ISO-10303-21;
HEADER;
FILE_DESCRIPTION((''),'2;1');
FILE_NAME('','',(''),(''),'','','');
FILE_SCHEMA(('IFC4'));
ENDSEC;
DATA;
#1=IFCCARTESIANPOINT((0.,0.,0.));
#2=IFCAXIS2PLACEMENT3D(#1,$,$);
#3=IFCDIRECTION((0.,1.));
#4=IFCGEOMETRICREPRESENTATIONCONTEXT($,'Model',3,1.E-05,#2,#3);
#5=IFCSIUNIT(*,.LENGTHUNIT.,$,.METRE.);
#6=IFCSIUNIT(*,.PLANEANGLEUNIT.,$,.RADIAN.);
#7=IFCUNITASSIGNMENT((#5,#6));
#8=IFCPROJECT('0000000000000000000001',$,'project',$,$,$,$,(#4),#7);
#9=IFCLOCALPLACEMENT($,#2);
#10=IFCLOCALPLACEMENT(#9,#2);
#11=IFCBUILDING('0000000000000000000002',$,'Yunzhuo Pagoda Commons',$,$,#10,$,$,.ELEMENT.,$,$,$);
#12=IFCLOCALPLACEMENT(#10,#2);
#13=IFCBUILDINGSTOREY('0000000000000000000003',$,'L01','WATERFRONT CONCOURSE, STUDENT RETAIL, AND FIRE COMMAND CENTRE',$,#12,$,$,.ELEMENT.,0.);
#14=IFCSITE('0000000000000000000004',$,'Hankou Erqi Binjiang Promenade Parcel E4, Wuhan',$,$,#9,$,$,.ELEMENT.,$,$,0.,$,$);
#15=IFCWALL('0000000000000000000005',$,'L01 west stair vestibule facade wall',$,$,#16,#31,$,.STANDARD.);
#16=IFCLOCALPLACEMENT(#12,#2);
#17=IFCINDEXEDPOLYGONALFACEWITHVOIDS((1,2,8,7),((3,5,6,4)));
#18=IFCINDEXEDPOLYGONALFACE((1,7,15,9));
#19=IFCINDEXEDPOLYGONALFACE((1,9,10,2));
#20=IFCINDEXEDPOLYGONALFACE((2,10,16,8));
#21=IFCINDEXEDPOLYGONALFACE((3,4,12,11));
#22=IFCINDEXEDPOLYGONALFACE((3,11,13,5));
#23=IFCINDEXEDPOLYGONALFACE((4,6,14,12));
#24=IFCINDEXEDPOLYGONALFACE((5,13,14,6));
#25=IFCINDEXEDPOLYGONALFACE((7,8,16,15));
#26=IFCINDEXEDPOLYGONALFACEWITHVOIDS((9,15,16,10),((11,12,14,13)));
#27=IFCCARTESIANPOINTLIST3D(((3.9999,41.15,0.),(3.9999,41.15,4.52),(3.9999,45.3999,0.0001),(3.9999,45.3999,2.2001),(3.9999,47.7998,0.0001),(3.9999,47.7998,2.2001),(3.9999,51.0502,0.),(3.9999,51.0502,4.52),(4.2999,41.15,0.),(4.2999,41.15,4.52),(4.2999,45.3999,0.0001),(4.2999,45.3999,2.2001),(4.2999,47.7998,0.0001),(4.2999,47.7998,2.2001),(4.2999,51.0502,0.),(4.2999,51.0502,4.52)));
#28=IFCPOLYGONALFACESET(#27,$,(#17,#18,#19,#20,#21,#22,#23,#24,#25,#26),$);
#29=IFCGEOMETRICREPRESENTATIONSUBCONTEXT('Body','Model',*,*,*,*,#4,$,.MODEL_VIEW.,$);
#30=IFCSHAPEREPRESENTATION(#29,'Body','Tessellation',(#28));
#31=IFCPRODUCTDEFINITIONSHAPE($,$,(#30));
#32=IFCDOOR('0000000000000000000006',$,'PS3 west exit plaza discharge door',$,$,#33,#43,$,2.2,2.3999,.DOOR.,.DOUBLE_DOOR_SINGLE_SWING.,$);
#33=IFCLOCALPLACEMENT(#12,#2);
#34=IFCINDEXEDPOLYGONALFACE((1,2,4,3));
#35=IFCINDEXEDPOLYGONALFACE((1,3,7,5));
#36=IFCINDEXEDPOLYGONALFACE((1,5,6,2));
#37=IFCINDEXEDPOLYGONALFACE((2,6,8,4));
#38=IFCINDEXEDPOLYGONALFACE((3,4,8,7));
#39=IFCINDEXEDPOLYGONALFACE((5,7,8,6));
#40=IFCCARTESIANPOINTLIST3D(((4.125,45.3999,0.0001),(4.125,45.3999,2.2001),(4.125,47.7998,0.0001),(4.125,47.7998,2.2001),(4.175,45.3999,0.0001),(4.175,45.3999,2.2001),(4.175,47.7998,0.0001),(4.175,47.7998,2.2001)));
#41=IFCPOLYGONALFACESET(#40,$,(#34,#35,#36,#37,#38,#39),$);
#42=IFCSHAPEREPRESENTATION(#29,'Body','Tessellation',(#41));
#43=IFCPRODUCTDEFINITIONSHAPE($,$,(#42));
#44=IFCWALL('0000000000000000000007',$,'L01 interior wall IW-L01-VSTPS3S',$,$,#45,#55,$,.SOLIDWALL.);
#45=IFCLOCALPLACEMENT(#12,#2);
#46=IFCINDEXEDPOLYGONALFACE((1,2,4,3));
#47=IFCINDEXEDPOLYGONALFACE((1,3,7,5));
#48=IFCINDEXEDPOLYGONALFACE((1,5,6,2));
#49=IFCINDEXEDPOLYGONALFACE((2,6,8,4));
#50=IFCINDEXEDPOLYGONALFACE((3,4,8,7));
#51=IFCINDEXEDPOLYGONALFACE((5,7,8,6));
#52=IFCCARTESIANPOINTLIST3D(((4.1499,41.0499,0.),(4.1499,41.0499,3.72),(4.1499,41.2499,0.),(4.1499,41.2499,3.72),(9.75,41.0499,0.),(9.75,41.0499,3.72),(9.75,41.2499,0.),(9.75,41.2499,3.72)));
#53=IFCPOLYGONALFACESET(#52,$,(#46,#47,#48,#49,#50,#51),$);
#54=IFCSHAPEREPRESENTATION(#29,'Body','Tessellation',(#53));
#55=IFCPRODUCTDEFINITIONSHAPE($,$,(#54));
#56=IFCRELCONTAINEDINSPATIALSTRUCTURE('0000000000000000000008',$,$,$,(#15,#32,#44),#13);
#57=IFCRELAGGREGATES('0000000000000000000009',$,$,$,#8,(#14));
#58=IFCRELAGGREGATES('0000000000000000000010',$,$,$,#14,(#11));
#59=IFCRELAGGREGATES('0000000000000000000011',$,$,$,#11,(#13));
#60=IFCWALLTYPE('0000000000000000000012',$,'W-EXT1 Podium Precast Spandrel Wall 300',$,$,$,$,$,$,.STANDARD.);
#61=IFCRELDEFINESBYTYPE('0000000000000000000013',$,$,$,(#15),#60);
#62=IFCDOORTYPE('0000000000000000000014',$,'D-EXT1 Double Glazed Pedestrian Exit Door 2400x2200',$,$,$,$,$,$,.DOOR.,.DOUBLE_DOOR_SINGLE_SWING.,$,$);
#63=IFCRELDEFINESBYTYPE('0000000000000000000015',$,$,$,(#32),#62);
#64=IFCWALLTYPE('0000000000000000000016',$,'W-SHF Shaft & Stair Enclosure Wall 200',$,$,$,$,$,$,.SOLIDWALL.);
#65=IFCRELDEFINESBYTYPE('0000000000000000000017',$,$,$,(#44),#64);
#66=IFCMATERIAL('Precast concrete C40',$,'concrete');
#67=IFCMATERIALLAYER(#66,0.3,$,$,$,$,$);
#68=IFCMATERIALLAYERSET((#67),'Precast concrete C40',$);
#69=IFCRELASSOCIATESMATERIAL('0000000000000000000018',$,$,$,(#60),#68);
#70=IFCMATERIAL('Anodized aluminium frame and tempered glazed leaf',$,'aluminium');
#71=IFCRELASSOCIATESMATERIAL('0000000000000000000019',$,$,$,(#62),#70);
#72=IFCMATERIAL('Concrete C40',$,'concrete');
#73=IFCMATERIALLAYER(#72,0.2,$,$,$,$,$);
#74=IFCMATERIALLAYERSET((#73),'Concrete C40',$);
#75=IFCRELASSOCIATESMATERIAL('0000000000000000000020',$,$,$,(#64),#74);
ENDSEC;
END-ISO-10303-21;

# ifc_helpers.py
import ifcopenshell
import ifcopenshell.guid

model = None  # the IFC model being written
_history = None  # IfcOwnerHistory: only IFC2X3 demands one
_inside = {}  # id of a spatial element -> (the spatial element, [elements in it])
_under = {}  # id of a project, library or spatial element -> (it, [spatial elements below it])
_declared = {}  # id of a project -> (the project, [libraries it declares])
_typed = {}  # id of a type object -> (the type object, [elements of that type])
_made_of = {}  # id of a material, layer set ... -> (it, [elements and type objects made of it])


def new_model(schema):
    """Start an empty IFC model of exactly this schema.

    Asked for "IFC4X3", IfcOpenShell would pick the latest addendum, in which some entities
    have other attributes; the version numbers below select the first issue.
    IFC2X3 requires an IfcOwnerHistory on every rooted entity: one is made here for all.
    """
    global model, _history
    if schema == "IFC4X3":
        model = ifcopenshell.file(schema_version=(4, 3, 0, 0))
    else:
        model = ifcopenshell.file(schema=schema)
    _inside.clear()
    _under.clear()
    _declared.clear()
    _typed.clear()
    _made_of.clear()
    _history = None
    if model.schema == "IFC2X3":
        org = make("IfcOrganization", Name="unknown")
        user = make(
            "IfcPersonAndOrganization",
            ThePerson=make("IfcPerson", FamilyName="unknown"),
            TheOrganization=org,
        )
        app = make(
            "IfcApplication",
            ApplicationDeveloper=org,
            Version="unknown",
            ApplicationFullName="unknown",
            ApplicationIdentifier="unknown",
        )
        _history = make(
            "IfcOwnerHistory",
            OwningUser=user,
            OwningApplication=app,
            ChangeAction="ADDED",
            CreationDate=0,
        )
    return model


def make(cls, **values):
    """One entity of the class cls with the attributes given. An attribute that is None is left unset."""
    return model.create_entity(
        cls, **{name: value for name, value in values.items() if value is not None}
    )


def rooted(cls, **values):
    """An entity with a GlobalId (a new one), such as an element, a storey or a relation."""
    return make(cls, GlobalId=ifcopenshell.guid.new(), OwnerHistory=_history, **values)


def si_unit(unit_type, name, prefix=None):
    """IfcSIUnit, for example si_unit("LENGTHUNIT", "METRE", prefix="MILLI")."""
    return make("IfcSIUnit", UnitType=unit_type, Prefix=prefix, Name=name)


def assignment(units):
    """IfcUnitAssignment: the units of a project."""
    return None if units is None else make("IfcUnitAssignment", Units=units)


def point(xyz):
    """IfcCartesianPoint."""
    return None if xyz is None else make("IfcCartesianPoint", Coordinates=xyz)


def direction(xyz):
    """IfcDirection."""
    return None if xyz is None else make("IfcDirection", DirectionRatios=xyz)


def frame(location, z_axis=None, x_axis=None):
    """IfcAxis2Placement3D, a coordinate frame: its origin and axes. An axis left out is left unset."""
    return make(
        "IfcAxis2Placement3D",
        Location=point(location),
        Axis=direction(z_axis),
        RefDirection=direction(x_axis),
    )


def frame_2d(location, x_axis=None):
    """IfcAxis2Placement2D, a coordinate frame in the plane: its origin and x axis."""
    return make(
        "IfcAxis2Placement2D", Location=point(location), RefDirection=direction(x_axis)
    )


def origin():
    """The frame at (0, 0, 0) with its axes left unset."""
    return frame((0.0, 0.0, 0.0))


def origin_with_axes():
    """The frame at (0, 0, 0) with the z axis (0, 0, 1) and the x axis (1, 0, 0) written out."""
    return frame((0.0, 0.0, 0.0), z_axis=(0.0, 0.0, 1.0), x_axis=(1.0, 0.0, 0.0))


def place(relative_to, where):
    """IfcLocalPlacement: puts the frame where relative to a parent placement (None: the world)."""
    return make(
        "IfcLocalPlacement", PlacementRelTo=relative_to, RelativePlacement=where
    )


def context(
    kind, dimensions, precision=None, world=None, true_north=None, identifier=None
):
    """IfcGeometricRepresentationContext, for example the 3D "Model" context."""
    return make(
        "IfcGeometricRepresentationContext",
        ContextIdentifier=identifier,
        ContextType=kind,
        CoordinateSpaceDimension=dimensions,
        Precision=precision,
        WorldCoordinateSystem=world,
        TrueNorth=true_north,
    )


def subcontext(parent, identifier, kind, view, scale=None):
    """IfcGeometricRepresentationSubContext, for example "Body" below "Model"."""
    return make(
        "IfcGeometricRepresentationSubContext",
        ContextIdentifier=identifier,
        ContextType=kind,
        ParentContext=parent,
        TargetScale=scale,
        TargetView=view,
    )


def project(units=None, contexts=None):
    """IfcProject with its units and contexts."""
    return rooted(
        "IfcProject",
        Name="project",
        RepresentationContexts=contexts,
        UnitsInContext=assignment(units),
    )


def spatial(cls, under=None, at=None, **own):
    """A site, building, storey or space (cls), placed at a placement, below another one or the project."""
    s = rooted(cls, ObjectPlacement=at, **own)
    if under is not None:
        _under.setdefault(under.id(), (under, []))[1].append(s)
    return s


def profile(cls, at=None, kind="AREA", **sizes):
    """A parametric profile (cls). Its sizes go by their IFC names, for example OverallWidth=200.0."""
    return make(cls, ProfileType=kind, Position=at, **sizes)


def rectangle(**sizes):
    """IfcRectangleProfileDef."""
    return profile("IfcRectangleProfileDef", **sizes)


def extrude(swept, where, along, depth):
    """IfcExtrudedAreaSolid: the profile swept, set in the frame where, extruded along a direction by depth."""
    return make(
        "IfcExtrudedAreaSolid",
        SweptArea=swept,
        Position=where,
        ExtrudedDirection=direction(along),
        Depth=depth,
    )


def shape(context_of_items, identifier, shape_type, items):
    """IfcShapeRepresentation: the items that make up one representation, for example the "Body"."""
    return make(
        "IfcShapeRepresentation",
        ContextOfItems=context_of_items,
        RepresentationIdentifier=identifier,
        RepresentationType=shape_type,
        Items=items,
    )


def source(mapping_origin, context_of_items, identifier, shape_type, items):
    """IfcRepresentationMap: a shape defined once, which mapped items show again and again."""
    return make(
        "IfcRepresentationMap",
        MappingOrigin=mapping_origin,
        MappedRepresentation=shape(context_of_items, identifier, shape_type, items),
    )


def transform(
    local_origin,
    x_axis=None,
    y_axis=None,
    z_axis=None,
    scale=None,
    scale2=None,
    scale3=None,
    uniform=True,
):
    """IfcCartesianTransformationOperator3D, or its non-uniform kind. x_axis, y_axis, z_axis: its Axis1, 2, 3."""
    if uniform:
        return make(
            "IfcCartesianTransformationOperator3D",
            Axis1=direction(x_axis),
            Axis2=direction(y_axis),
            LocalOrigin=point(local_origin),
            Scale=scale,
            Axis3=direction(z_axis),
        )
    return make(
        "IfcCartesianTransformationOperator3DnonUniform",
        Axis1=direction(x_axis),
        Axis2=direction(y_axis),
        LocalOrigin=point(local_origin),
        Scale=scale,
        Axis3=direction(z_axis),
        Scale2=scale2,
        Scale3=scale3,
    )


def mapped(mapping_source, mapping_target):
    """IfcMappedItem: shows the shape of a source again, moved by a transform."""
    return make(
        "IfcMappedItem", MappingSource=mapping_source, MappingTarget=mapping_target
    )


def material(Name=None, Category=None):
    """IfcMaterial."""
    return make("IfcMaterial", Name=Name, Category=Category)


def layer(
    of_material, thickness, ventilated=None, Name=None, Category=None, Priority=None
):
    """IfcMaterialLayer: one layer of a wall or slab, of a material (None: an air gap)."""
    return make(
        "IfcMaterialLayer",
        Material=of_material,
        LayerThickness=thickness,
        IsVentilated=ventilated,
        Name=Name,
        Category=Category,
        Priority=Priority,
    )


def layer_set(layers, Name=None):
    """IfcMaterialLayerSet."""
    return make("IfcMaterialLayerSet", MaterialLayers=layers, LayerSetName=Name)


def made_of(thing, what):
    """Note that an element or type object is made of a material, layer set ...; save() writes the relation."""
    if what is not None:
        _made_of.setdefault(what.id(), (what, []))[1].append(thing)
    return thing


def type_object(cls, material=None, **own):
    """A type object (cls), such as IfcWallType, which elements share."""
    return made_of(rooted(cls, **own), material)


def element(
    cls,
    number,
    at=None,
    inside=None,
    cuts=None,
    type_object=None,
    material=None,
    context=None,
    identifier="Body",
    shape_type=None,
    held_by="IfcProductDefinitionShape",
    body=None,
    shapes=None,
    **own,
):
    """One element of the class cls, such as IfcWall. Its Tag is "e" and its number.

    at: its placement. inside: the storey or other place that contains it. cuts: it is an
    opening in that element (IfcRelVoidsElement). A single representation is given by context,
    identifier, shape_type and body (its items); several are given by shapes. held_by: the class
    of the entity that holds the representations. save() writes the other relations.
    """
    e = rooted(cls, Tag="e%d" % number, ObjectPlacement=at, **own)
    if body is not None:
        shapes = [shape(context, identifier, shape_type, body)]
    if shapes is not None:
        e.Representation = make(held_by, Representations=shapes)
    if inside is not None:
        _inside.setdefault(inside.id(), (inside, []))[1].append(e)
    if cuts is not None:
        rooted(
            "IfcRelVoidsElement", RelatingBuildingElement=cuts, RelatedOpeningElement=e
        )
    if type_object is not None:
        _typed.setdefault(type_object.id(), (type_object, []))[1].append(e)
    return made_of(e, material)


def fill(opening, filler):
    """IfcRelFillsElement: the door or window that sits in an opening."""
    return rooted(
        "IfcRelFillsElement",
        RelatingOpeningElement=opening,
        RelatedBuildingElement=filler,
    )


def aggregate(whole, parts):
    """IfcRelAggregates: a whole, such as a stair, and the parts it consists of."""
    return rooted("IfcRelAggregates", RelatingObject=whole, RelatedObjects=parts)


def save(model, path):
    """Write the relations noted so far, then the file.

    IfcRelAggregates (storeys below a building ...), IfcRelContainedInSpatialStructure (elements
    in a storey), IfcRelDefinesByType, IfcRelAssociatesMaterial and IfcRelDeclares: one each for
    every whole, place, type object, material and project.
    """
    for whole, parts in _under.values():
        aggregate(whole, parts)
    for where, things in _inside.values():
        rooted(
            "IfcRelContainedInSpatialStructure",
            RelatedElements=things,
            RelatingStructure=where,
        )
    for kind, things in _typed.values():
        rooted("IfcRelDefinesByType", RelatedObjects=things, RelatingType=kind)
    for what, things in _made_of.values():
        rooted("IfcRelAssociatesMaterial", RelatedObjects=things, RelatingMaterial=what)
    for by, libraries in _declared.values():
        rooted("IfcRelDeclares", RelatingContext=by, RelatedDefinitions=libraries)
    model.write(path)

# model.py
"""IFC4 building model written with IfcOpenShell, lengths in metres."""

from ifc_helpers import new_model, si_unit, direction, frame, frame_2d, origin, origin_with_axes, place, context, subcontext, project, spatial, rectangle, extrude, source, transform, mapped, material, layer, layer_set, type_object, element, fill, save


model = new_model("IFC4")

# Units and contexts
model_context = context("Model", 3, precision=1e-05, world=origin(), true_north=direction((0.0, 1.0)))
body_context = subcontext(model_context, "Body", "Model", "MODEL_VIEW")
ifc_project = project(units=[si_unit("LENGTHUNIT", "METRE"), si_unit("PLANEANGLEUNIT", "RADIAN")], contexts=[model_context])

# Site, building, storey
site_placement = place(None, origin())
site = spatial("IfcSite", under=ifc_project, at=site_placement, Name="Hankou Erqi Binjiang Promenade Parcel E4, Wuhan", CompositionType="ELEMENT", RefElevation=0.0)
building_placement = place(site_placement, origin())
building = spatial("IfcBuilding", under=site, at=building_placement, Name="Yunzhuo Pagoda Commons", CompositionType="ELEMENT")
storey_placement = place(building_placement, origin())
storey = spatial("IfcBuildingStorey", under=building, at=storey_placement, Name="L01", Description="WATERFRONT CONCOURSE, STUDENT RETAIL, AND FIRE COMMAND CENTRE", CompositionType="ELEMENT", Elevation=0.0)

# Wall, opening, door
ifc_material_1 = material(Name="Precast concrete C40", Category="concrete")
ifc_layer_1 = layer(ifc_material_1, 0.3)
ifc_layer_set_1 = layer_set([ifc_layer_1], Name="Precast concrete C40")
wall_type_1 = type_object("IfcWallType", Name="W-EXT1 Podium Precast Spandrel Wall 300", PredefinedType="STANDARD", material=ifc_layer_set_1)
wall_1_placement = place(storey_placement, frame((4.1499, 41.1499, 0.0), z_axis=(0.0, 0.0, 1.0), x_axis=(0.0, 1.0, 0.0)))
wall_1 = element("IfcWall", 1, at=wall_1_placement, inside=storey, type_object=wall_type_1, Name="L01 west stair vestibule facade wall", PredefinedType="STANDARD", context=body_context, shape_type="SweptSolid", body=[
    extrude(rectangle(XDim=9.9001, YDim=0.3, at=frame_2d((4.9502, 0.0))), origin(), (0.0, 0.0, 1.0), 4.52),
])
opening_1_placement = place(wall_1_placement, frame((4.25, 0.0, 0.0)))
opening_1 = element("IfcOpeningElement", 2, at=opening_1_placement, cuts=wall_1, PredefinedType="OPENING", context=body_context, shape_type="SweptSolid", body=[
    extrude(rectangle(XDim=2.3999, YDim=2.2, at=frame_2d((1.2, 1.1001))), frame((0.0, 0.1602, 0.0), z_axis=(0.0, -1.0, 0.0), x_axis=(1.0, 0.0, 0.0)), (0.0, 0.0, 1.0), 0.3201),
])
ifc_material_2 = material(Name="Anodized aluminium frame and tempered glazed leaf", Category="aluminium")
door_type_1 = type_object("IfcDoorType", Name="D-EXT1 Double Glazed Pedestrian Exit Door 2400x2200", OperationType="DOUBLE_DOOR_SINGLE_SWING", PredefinedType="DOOR", material=ifc_material_2)
shared_shape_1 = source(origin(), body_context, "Body", "SweptSolid", [
    extrude(rectangle(XDim=2.3999, YDim=2.2, at=frame_2d((1.2, 1.1001))), frame((0.0, 0.0249, 0.0), z_axis=(0.0, -1.0, 0.0), x_axis=(1.0, 0.0, 0.0)), (0.0, 0.0, 1.0), 0.05),
])
door_1_placement = place(opening_1_placement, origin_with_axes())
door_1 = element("IfcDoor", 3, at=door_1_placement, inside=storey, type_object=door_type_1, Name="PS3 west exit plaza discharge door", OperationType="DOUBLE_DOOR_SINGLE_SWING", OverallHeight=2.2, OverallWidth=2.3999, PredefinedType="DOOR", context=body_context, shape_type="MappedRepresentation", body=[
    mapped(shared_shape_1, transform((0.0, 0.0, 0.0), scale=1.0)),
])
fill(opening_1, door_1)

# Wall
ifc_material_3 = material(Name="Concrete C40", Category="concrete")
ifc_layer_2 = layer(ifc_material_3, 0.2)
ifc_layer_set_2 = layer_set([ifc_layer_2], Name="Concrete C40")
wall_type_2 = type_object("IfcWallType", Name="W-SHF Shaft & Stair Enclosure Wall 200", PredefinedType="SOLIDWALL", material=ifc_layer_set_2)
wall_2_placement = place(storey_placement, frame((4.1499, 41.1499, 0.0), z_axis=(0.0, 0.0, 1.0), x_axis=(1.0, 0.0, 0.0)))
element("IfcWall", 4, at=wall_2_placement, inside=storey, type_object=wall_type_2, Name="L01 interior wall IW-L01-VSTPS3S", PredefinedType="SOLIDWALL", context=body_context, shape_type="SweptSolid", body=[
    extrude(rectangle(XDim=5.6001, YDim=0.2, at=frame_2d((2.8, 0.0))), origin(), (0.0, 0.0, 1.0), 3.72),
])

save(model, "model.ifc")
